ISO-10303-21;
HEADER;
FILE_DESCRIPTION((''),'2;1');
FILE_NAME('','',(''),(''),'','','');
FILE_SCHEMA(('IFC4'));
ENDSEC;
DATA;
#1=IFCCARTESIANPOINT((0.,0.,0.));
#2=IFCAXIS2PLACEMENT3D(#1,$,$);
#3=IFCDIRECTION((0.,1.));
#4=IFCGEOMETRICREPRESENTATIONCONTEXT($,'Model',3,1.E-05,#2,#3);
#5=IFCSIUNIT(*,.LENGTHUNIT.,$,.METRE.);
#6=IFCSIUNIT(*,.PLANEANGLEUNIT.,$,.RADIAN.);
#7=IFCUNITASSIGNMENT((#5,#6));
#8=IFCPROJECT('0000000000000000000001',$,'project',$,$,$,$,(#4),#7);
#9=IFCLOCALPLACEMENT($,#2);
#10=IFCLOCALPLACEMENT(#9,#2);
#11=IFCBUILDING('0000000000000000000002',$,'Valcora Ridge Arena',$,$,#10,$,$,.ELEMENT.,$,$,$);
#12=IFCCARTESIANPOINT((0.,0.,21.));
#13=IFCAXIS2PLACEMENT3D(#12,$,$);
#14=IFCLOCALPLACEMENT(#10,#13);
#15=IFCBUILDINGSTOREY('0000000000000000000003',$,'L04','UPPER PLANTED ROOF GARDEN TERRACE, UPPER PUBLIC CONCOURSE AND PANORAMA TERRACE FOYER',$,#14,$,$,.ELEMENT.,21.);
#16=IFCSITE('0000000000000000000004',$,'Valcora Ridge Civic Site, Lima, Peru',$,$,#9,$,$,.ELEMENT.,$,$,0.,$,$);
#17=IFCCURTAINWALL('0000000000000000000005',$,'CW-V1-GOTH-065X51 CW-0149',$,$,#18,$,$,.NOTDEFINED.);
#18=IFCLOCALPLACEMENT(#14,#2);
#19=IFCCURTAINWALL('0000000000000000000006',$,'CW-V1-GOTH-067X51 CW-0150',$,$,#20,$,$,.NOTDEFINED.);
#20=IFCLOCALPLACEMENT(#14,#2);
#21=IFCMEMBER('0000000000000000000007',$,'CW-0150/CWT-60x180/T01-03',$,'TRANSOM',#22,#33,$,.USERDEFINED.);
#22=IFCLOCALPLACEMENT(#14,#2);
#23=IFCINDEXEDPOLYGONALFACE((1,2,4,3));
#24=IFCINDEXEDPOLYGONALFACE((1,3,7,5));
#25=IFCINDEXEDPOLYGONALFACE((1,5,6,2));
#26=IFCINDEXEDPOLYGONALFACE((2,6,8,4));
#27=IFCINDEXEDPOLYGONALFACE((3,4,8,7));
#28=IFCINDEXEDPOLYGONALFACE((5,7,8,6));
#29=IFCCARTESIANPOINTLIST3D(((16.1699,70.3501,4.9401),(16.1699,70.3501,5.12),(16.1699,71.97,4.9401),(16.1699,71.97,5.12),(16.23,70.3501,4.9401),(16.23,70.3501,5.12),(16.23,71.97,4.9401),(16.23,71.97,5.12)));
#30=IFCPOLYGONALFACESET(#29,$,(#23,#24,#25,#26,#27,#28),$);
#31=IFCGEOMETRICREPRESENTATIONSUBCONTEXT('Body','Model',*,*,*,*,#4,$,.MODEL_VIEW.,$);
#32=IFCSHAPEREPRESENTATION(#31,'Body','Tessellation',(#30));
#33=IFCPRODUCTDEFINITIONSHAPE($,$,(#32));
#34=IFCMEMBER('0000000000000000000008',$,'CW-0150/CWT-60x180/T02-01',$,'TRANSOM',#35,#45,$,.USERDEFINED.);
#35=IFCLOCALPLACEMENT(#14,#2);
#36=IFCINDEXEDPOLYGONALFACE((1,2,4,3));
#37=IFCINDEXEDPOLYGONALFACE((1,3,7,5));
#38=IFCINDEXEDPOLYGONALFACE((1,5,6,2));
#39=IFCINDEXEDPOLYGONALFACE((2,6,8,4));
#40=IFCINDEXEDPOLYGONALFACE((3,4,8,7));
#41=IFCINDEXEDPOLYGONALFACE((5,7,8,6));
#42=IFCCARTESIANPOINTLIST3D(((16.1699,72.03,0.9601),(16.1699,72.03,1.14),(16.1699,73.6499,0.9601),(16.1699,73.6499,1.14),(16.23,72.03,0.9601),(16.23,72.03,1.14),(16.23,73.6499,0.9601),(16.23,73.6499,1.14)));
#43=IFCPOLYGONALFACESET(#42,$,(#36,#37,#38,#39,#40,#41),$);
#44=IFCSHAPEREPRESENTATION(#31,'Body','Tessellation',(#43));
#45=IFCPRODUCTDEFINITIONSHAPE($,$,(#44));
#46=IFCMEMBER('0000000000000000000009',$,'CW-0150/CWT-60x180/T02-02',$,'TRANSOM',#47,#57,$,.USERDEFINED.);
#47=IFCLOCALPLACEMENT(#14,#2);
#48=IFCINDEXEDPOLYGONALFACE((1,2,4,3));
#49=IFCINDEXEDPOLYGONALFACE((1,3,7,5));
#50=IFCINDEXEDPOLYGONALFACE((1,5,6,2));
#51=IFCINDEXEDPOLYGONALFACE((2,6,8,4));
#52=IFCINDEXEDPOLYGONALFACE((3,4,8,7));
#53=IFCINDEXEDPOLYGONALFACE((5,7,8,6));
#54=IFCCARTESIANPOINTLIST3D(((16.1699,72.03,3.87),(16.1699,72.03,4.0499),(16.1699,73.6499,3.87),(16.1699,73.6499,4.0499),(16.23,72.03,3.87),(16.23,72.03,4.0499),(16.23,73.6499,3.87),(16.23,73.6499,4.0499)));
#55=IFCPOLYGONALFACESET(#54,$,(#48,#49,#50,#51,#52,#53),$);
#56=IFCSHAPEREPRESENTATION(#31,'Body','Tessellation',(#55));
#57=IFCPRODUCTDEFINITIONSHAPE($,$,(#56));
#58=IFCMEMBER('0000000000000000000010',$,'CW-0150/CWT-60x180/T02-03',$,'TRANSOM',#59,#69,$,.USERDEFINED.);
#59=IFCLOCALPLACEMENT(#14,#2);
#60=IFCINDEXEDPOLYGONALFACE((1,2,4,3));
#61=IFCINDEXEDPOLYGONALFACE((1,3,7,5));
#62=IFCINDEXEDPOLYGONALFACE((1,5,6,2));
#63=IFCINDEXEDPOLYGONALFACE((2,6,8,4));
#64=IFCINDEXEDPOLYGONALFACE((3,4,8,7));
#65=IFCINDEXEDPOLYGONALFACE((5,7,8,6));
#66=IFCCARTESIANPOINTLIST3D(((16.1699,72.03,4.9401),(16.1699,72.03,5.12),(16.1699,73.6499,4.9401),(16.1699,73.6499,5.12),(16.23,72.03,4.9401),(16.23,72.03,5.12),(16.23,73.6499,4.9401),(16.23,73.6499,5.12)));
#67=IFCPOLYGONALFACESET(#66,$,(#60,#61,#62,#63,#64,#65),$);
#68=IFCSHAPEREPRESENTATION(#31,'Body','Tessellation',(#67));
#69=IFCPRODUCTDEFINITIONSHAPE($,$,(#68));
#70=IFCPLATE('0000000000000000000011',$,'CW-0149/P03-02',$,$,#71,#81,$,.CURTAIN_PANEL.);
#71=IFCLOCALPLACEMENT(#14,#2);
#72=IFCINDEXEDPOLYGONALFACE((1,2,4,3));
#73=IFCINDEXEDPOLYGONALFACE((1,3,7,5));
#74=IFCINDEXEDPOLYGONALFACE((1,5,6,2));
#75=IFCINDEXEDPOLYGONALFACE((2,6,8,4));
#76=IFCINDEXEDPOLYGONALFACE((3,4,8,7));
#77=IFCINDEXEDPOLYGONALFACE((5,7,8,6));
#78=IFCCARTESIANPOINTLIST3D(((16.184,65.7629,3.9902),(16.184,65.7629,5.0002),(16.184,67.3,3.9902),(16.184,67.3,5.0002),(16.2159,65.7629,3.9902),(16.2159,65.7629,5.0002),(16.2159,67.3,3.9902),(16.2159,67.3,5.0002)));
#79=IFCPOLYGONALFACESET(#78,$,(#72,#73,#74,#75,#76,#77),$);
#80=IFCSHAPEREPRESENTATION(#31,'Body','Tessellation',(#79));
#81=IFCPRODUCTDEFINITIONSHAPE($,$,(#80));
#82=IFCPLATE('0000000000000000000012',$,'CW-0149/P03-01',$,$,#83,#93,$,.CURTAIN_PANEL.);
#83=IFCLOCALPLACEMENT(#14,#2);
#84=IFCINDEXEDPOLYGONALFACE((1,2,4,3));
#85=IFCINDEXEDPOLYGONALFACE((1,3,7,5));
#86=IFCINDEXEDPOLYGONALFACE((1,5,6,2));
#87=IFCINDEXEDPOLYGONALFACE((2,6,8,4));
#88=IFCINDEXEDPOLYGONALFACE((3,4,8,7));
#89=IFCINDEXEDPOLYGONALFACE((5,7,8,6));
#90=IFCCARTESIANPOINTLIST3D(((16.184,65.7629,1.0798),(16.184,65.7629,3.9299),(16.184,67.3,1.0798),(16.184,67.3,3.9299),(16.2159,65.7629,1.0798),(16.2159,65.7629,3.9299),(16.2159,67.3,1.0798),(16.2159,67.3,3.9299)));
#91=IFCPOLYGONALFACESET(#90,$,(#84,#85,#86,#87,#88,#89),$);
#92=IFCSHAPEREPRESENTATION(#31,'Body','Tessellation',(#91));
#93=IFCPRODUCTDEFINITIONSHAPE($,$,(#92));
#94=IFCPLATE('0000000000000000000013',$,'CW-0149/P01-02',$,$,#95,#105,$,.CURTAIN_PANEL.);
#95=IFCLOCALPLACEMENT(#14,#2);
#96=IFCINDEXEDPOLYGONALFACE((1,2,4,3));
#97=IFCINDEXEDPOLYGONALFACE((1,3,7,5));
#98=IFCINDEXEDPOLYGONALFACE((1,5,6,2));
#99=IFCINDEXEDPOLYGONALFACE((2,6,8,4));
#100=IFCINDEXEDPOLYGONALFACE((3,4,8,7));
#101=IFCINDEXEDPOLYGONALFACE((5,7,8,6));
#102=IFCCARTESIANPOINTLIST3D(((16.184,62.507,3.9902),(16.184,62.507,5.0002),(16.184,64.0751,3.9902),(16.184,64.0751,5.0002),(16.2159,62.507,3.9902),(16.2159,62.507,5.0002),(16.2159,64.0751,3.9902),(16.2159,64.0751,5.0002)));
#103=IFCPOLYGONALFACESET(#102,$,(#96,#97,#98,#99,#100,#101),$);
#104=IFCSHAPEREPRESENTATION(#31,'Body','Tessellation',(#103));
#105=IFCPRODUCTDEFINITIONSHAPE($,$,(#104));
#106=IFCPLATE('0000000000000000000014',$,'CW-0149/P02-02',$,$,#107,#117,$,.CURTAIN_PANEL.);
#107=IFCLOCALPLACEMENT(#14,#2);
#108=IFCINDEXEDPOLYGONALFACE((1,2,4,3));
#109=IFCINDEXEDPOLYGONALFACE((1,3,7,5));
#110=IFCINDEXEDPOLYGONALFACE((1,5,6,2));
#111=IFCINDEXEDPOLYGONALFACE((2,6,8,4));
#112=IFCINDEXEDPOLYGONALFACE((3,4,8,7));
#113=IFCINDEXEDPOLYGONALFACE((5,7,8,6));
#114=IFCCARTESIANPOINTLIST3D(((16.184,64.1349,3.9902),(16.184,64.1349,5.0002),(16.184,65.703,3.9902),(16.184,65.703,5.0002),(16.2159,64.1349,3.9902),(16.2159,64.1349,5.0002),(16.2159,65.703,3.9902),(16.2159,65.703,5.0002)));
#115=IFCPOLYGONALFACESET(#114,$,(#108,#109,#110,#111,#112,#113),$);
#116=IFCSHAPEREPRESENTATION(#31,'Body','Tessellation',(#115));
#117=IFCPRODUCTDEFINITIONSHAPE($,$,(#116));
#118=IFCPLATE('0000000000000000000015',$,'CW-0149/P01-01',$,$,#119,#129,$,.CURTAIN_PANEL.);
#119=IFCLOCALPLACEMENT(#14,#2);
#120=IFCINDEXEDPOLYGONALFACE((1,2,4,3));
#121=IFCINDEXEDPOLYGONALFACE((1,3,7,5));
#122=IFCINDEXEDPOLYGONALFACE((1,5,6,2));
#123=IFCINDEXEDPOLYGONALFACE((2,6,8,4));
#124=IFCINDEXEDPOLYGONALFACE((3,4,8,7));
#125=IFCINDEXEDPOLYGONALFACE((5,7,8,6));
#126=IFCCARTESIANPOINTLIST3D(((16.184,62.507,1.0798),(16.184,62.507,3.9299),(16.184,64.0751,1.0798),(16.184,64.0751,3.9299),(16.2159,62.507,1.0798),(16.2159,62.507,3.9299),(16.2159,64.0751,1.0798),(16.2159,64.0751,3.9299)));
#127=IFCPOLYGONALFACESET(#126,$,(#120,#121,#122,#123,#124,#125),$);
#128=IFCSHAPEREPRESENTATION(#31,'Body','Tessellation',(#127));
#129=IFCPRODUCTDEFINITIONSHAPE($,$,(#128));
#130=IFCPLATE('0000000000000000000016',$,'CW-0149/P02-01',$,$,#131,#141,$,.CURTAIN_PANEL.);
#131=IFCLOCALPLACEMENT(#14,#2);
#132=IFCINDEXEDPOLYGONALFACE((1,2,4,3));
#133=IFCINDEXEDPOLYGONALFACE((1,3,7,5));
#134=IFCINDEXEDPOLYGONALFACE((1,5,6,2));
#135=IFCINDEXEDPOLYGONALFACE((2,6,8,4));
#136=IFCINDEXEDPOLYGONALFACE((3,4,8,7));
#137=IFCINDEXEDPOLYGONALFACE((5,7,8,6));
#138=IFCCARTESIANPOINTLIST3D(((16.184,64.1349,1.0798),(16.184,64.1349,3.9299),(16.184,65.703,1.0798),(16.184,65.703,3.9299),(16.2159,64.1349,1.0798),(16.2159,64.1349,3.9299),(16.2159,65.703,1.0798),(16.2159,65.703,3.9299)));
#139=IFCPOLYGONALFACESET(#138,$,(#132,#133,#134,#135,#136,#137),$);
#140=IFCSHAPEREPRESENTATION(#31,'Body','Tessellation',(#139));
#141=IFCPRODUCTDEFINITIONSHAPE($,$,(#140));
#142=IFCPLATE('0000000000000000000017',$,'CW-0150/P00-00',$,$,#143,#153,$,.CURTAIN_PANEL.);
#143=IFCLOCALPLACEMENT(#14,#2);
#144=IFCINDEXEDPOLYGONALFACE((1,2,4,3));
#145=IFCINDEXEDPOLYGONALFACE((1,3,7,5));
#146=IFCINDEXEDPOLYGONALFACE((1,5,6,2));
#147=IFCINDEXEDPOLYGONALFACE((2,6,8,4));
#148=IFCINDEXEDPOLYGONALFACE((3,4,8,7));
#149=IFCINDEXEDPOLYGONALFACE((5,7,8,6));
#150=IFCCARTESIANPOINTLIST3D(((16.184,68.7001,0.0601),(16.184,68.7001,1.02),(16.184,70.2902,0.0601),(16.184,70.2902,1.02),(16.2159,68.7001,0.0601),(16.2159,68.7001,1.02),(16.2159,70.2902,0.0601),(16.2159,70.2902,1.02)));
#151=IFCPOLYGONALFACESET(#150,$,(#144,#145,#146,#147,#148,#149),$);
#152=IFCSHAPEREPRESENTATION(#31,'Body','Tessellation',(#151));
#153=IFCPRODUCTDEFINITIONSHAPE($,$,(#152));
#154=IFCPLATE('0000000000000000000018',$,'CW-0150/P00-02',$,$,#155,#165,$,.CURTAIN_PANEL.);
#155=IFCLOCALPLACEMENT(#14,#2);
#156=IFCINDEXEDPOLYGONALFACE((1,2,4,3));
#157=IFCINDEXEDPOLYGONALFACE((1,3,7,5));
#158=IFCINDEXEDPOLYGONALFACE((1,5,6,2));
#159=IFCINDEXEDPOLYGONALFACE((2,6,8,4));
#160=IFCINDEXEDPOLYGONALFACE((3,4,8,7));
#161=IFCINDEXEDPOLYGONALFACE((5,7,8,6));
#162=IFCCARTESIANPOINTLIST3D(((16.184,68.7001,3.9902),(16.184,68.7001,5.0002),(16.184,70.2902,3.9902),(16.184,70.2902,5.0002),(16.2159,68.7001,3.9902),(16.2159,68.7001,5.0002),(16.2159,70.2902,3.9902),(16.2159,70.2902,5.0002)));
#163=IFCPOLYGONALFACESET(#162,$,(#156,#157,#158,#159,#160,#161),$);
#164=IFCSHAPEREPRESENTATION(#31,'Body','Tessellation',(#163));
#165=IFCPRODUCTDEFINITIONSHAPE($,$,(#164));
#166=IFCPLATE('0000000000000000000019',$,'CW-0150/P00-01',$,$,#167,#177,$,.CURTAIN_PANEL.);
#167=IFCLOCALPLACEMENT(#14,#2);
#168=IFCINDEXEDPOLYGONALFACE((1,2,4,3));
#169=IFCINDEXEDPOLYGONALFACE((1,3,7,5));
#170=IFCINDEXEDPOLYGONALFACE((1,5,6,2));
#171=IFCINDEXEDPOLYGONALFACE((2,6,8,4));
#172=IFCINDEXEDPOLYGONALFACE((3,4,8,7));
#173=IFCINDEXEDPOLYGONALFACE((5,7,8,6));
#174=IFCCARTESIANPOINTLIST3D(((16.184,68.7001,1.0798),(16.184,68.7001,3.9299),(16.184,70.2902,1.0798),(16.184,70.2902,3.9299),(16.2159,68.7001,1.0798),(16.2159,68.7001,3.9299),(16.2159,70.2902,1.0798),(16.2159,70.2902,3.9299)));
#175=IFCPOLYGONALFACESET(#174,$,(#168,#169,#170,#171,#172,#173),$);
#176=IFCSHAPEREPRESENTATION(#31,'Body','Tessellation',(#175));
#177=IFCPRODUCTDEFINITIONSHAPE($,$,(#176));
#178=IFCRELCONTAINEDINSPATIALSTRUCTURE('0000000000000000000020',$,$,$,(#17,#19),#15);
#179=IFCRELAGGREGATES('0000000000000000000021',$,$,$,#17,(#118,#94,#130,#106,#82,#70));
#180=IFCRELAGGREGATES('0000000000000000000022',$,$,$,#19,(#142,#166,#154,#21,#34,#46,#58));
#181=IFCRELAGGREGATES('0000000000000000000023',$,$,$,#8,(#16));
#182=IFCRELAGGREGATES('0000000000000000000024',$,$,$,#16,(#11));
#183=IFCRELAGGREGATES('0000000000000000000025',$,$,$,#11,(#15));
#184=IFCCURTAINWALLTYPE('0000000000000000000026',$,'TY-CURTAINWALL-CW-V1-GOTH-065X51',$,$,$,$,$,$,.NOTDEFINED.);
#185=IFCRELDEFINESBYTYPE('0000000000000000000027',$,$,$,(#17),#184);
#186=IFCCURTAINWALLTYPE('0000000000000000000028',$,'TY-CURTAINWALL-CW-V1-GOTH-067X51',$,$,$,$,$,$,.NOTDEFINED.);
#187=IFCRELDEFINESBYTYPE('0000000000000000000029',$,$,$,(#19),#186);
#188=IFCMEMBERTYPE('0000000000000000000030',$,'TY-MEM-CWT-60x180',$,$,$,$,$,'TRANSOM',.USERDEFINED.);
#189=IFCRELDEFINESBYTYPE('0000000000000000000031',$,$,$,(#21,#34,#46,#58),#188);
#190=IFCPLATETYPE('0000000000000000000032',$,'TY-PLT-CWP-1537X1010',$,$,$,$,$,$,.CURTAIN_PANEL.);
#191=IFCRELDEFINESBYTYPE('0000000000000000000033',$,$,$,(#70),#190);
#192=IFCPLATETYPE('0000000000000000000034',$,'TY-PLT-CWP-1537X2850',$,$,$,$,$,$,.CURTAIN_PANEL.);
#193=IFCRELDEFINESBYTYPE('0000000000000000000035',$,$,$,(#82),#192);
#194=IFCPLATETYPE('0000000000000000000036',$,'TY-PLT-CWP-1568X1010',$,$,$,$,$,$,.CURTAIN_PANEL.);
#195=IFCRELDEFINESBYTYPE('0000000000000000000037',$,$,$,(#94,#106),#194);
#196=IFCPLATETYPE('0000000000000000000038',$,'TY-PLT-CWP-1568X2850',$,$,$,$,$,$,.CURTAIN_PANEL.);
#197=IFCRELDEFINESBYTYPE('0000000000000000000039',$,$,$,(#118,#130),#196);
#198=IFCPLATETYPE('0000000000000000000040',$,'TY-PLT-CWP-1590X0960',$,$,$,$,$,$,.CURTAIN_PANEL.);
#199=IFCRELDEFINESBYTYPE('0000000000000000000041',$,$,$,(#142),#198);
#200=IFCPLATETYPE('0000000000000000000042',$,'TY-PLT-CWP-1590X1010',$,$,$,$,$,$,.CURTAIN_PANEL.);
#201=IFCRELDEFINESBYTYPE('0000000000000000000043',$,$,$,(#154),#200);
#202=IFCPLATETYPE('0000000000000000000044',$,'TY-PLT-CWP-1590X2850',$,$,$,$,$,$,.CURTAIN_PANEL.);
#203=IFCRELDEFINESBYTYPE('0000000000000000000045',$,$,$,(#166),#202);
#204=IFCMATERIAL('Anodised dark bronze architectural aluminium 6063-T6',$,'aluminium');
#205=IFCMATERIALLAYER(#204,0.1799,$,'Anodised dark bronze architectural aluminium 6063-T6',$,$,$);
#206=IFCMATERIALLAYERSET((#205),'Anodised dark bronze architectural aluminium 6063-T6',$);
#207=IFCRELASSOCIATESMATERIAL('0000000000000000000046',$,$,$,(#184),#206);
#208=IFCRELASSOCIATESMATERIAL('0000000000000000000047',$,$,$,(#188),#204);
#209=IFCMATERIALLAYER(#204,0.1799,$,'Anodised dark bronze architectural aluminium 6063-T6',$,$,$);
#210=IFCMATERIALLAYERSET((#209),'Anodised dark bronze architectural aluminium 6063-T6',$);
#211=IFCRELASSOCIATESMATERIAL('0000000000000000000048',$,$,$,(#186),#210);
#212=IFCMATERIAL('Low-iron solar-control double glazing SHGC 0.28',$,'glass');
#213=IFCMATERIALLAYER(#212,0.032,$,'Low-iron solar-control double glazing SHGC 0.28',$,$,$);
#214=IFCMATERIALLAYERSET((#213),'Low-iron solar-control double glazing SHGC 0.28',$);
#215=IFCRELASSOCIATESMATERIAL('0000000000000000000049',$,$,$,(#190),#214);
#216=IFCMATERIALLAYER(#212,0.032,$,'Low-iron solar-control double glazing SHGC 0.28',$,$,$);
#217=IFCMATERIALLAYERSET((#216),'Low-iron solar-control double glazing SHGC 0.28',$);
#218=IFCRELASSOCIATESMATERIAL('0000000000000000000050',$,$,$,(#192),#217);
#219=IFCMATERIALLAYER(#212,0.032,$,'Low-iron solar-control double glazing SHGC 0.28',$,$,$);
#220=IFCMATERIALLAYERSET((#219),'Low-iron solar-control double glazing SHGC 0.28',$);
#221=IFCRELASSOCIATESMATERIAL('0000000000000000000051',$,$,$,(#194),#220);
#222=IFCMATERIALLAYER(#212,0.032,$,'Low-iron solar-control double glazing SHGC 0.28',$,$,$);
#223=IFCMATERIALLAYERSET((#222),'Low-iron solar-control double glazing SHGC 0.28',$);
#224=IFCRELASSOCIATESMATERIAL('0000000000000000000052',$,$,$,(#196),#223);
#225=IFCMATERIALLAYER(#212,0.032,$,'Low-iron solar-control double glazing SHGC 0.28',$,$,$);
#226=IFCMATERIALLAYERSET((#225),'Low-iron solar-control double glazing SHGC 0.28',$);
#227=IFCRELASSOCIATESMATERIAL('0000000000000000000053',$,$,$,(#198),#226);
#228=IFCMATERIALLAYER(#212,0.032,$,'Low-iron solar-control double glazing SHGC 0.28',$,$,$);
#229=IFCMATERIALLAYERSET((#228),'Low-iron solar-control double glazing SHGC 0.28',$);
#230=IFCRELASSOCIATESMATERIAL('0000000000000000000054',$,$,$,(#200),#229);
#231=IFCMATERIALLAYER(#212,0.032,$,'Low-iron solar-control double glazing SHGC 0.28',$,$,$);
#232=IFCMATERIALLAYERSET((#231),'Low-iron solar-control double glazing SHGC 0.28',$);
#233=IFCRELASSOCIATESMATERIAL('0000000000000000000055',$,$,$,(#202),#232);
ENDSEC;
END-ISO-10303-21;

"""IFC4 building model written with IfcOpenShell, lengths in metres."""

from ifc_helpers import new_model, si_unit, direction, frame, origin, origin_2d, place, context, subcontext, project, spatial, rectangle, extrude, material, layer, layer_set, material_profile, profile_set, type_object, element, aggregate, save


model = new_model("IFC4")

# Units and contexts
model_context = context("Model", 3, precision=1e-05, world=origin(), true_north=direction((0.0, 1.0)))
body_context = subcontext(model_context, "Body", "Model", "MODEL_VIEW")
ifc_project = project(units=[si_unit("LENGTHUNIT", "METRE"), si_unit("PLANEANGLEUNIT", "RADIAN")], contexts=[model_context])

# Site, building, storey
site_placement = place(None, origin())
site = spatial("IfcSite", under=ifc_project, at=site_placement, Name="Valcora Ridge Civic Site, Lima, Peru", CompositionType="ELEMENT", RefElevation=0.0)
building_placement = place(site_placement, origin())
building = spatial("IfcBuilding", under=site, at=building_placement, Name="Valcora Ridge Arena", CompositionType="ELEMENT")
storey_placement = place(building_placement, frame((0.0, 0.0, 21.0)))
storey = spatial("IfcBuildingStorey", under=building, at=storey_placement, Name="L04", Description="UPPER PLANTED ROOF GARDEN TERRACE, UPPER PUBLIC CONCOURSE AND PANORAMA TERRACE FOYER", CompositionType="ELEMENT", Elevation=21.0)

# Curtain walls, members
ifc_material_1 = material(Name="Anodised dark bronze architectural aluminium 6063-T6", Category="aluminium")
ifc_layer_1 = layer(ifc_material_1, 0.1799, Name="Anodised dark bronze architectural aluminium 6063-T6")
ifc_layer_set_1 = layer_set([ifc_layer_1], Name="Anodised dark bronze architectural aluminium 6063-T6")
curtain_wall_type_1 = type_object("IfcCurtainWallType", Name="TY-CURTAINWALL-CW-V1-GOTH-065X51", PredefinedType="NOTDEFINED", material=ifc_layer_set_1)
curtain_wall_1_placement = place(storey_placement, origin())
curtain_wall_1 = element("IfcCurtainWall", 1, at=curtain_wall_1_placement, inside=storey, type_object=curtain_wall_type_1, Name="CW-V1-GOTH-065X51 CW-0149", PredefinedType="NOTDEFINED")
ifc_material_profile_1 = material_profile(ifc_material_1, rectangle(XDim=0.0601, YDim=0.1799, at=origin_2d()), Name="ALU TRANSOM 60x180")
ifc_profile_set_1 = profile_set([ifc_material_profile_1], Name="Anodised dark bronze architectural aluminium 6063-T6")
member_type = type_object("IfcMemberType", Name="TY-MEM-CWT-60x180", ElementType="TRANSOM", PredefinedType="USERDEFINED", material=ifc_profile_set_1)
ifc_layer_2 = layer(ifc_material_1, 0.1799, Name="Anodised dark bronze architectural aluminium 6063-T6")
ifc_layer_set_2 = layer_set([ifc_layer_2], Name="Anodised dark bronze architectural aluminium 6063-T6")
curtain_wall_type_2 = type_object("IfcCurtainWallType", Name="TY-CURTAINWALL-CW-V1-GOTH-067X51", PredefinedType="NOTDEFINED", material=ifc_layer_set_2)
curtain_wall_2_placement = place(storey_placement, origin())
curtain_wall_2 = element("IfcCurtainWall", 2, at=curtain_wall_2_placement, inside=storey, type_object=curtain_wall_type_2, Name="CW-V1-GOTH-067X51 CW-0150", PredefinedType="NOTDEFINED")
member_1_placement = place(storey_placement, frame((16.2, 70.3501, 5.03), z_axis=(0.0, 1.0, 0.0), x_axis=(-1.0, 0.0, 0.0)))
member_1 = element("IfcMember", 3, at=member_1_placement, type_object=member_type, Name="CW-0150/CWT-60x180/T01-03", ObjectType="TRANSOM", PredefinedType="USERDEFINED", context=body_context, shape_type="SweptSolid", body=[
    extrude(rectangle(XDim=0.0601, YDim=0.1799, at=origin_2d()), origin(), (0.0, 0.0, 1.0), 1.6199),
])
member_2_placement = place(storey_placement, frame((16.2, 72.03, 1.05), z_axis=(0.0, 1.0, 0.0), x_axis=(-1.0, 0.0, 0.0)))
member_2 = element("IfcMember", 4, at=member_2_placement, type_object=member_type, Name="CW-0150/CWT-60x180/T02-01", ObjectType="TRANSOM", PredefinedType="USERDEFINED", context=body_context, shape_type="SweptSolid", body=[
    extrude(rectangle(XDim=0.0601, YDim=0.1799, at=origin_2d()), origin(), (0.0, 0.0, 1.0), 1.6199),
])
member_3_placement = place(storey_placement, frame((16.2, 72.03, 3.96), z_axis=(0.0, 1.0, 0.0), x_axis=(-1.0, 0.0, 0.0)))
member_3 = element("IfcMember", 5, at=member_3_placement, type_object=member_type, Name="CW-0150/CWT-60x180/T02-02", ObjectType="TRANSOM", PredefinedType="USERDEFINED", context=body_context, shape_type="SweptSolid", body=[
    extrude(rectangle(XDim=0.0601, YDim=0.1799, at=origin_2d()), origin(), (0.0, 0.0, 1.0), 1.6199),
])
member_4_placement = place(storey_placement, frame((16.2, 72.03, 5.03), z_axis=(0.0, 1.0, 0.0), x_axis=(-1.0, 0.0, 0.0)))
member_4 = element("IfcMember", 6, at=member_4_placement, type_object=member_type, Name="CW-0150/CWT-60x180/T02-03", ObjectType="TRANSOM", PredefinedType="USERDEFINED", context=body_context, shape_type="SweptSolid", body=[
    extrude(rectangle(XDim=0.0601, YDim=0.1799, at=origin_2d()), origin(), (0.0, 0.0, 1.0), 1.6199),
])

# Plates
ifc_material_2 = material(Name="Low-iron solar-control double glazing SHGC 0.28", Category="glass")
ifc_layer_3 = layer(ifc_material_2, 0.032, Name="Low-iron solar-control double glazing SHGC 0.28")
ifc_layer_set_3 = layer_set([ifc_layer_3], Name="Low-iron solar-control double glazing SHGC 0.28")
plate_type_1 = type_object("IfcPlateType", Name="TY-PLT-CWP-1537X1010", PredefinedType="CURTAIN_PANEL", material=ifc_layer_set_3)
plate_1_placement = place(storey_placement, frame((16.2, 66.5315, 3.9902), z_axis=(0.0, 0.0, 1.0), x_axis=(0.0, 1.0, 0.0)))
plate_1 = element("IfcPlate", 7, at=plate_1_placement, type_object=plate_type_1, Name="CW-0149/P03-02", PredefinedType="CURTAIN_PANEL", context=body_context, shape_type="SweptSolid", body=[
    extrude(rectangle(XDim=1.5371, YDim=0.032, at=origin_2d()), origin(), (0.0, 0.0, 1.0), 1.01),
])
ifc_layer_4 = layer(ifc_material_2, 0.032, Name="Low-iron solar-control double glazing SHGC 0.28")
ifc_layer_set_4 = layer_set([ifc_layer_4], Name="Low-iron solar-control double glazing SHGC 0.28")
plate_type_2 = type_object("IfcPlateType", Name="TY-PLT-CWP-1537X2850", PredefinedType="CURTAIN_PANEL", material=ifc_layer_set_4)
plate_2_placement = place(storey_placement, frame((16.2, 66.5315, 1.0798), z_axis=(0.0, 0.0, 1.0), x_axis=(0.0, 1.0, 0.0)))
plate_2 = element("IfcPlate", 8, at=plate_2_placement, type_object=plate_type_2, Name="CW-0149/P03-01", PredefinedType="CURTAIN_PANEL", context=body_context, shape_type="SweptSolid", body=[
    extrude(rectangle(XDim=1.5371, YDim=0.032, at=origin_2d()), origin(), (0.0, 0.0, 1.0), 2.8501),
])
ifc_layer_5 = layer(ifc_material_2, 0.032, Name="Low-iron solar-control double glazing SHGC 0.28")
ifc_layer_set_5 = layer_set([ifc_layer_5], Name="Low-iron solar-control double glazing SHGC 0.28")
plate_type_3 = type_object("IfcPlateType", Name="TY-PLT-CWP-1568X1010", PredefinedType="CURTAIN_PANEL", material=ifc_layer_set_5)
plate_3_placement = place(storey_placement, frame((16.2, 63.291, 3.9902), z_axis=(0.0, 0.0, 1.0), x_axis=(0.0, 1.0, 0.0)))
plate_3 = element("IfcPlate", 9, at=plate_3_placement, type_object=plate_type_3, Name="CW-0149/P01-02", PredefinedType="CURTAIN_PANEL", context=body_context, shape_type="SweptSolid", body=[
    extrude(rectangle(XDim=1.5681, YDim=0.032, at=origin_2d()), origin(), (0.0, 0.0, 1.0), 1.01),
])
plate_4_placement = place(storey_placement, frame((16.2, 64.9189, 3.9902), z_axis=(0.0, 0.0, 1.0), x_axis=(0.0, 1.0, 0.0)))
plate_4 = element("IfcPlate", 10, at=plate_4_placement, type_object=plate_type_3, Name="CW-0149/P02-02", PredefinedType="CURTAIN_PANEL", context=body_context, shape_type="SweptSolid", body=[
    extrude(rectangle(XDim=1.5681, YDim=0.032, at=origin_2d()), origin(), (0.0, 0.0, 1.0), 1.01),
])
ifc_layer_6 = layer(ifc_material_2, 0.032, Name="Low-iron solar-control double glazing SHGC 0.28")
ifc_layer_set_6 = layer_set([ifc_layer_6], Name="Low-iron solar-control double glazing SHGC 0.28")
plate_type_4 = type_object("IfcPlateType", Name="TY-PLT-CWP-1568X2850", PredefinedType="CURTAIN_PANEL", material=ifc_layer_set_6)
plate_5_placement = place(storey_placement, frame((16.2, 63.291, 1.0798), z_axis=(0.0, 0.0, 1.0), x_axis=(0.0, 1.0, 0.0)))
plate_5 = element("IfcPlate", 11, at=plate_5_placement, type_object=plate_type_4, Name="CW-0149/P01-01", PredefinedType="CURTAIN_PANEL", context=body_context, shape_type="SweptSolid", body=[
    extrude(rectangle(XDim=1.5681, YDim=0.032, at=origin_2d()), origin(), (0.0, 0.0, 1.0), 2.8501),
])
plate_6_placement = place(storey_placement, frame((16.2, 64.9189, 1.0798), z_axis=(0.0, 0.0, 1.0), x_axis=(0.0, 1.0, 0.0)))
plate_6 = element("IfcPlate", 12, at=plate_6_placement, type_object=plate_type_4, Name="CW-0149/P02-01", PredefinedType="CURTAIN_PANEL", context=body_context, shape_type="SweptSolid", body=[
    extrude(rectangle(XDim=1.5681, YDim=0.032, at=origin_2d()), origin(), (0.0, 0.0, 1.0), 2.8501),
])
aggregate(curtain_wall_1, [plate_5, plate_3, plate_6, plate_4, plate_2, plate_1])
ifc_layer_7 = layer(ifc_material_2, 0.032, Name="Low-iron solar-control double glazing SHGC 0.28")
ifc_layer_set_7 = layer_set([ifc_layer_7], Name="Low-iron solar-control double glazing SHGC 0.28")
plate_type_5 = type_object("IfcPlateType", Name="TY-PLT-CWP-1590X0960", PredefinedType="CURTAIN_PANEL", material=ifc_layer_set_7)
plate_7_placement = place(storey_placement, frame((16.2, 69.4951, 0.0601), z_axis=(0.0, 0.0, 1.0), x_axis=(0.0, 1.0, 0.0)))
plate_7 = element("IfcPlate", 13, at=plate_7_placement, type_object=plate_type_5, Name="CW-0150/P00-00", PredefinedType="CURTAIN_PANEL", context=body_context, shape_type="SweptSolid", body=[
    extrude(rectangle(XDim=1.5901, YDim=0.032, at=origin_2d()), origin(), (0.0, 0.0, 1.0), 0.96),
])
ifc_layer_8 = layer(ifc_material_2, 0.032, Name="Low-iron solar-control double glazing SHGC 0.28")
ifc_layer_set_8 = layer_set([ifc_layer_8], Name="Low-iron solar-control double glazing SHGC 0.28")
plate_type_6 = type_object("IfcPlateType", Name="TY-PLT-CWP-1590X1010", PredefinedType="CURTAIN_PANEL", material=ifc_layer_set_8)
plate_8_placement = place(storey_placement, frame((16.2, 69.4951, 3.9902), z_axis=(0.0, 0.0, 1.0), x_axis=(0.0, 1.0, 0.0)))
plate_8 = element("IfcPlate", 14, at=plate_8_placement, type_object=plate_type_6, Name="CW-0150/P00-02", PredefinedType="CURTAIN_PANEL", context=body_context, shape_type="SweptSolid", body=[
    extrude(rectangle(XDim=1.5901, YDim=0.032, at=origin_2d()), origin(), (0.0, 0.0, 1.0), 1.01),
])
ifc_layer_9 = layer(ifc_material_2, 0.032, Name="Low-iron solar-control double glazing SHGC 0.28")
ifc_layer_set_9 = layer_set([ifc_layer_9], Name="Low-iron solar-control double glazing SHGC 0.28")
plate_type_7 = type_object("IfcPlateType", Name="TY-PLT-CWP-1590X2850", PredefinedType="CURTAIN_PANEL", material=ifc_layer_set_9)
plate_9_placement = place(storey_placement, frame((16.2, 69.4951, 1.0798), z_axis=(0.0, 0.0, 1.0), x_axis=(0.0, 1.0, 0.0)))
plate_9 = element("IfcPlate", 15, at=plate_9_placement, type_object=plate_type_7, Name="CW-0150/P00-01", PredefinedType="CURTAIN_PANEL", context=body_context, shape_type="SweptSolid", body=[
    extrude(rectangle(XDim=1.5901, YDim=0.032, at=origin_2d()), origin(), (0.0, 0.0, 1.0), 2.8501),
])
aggregate(curtain_wall_2, [plate_7, plate_9, plate_8, member_1, member_2, member_3, member_4])

save(model, "model.ifc")
